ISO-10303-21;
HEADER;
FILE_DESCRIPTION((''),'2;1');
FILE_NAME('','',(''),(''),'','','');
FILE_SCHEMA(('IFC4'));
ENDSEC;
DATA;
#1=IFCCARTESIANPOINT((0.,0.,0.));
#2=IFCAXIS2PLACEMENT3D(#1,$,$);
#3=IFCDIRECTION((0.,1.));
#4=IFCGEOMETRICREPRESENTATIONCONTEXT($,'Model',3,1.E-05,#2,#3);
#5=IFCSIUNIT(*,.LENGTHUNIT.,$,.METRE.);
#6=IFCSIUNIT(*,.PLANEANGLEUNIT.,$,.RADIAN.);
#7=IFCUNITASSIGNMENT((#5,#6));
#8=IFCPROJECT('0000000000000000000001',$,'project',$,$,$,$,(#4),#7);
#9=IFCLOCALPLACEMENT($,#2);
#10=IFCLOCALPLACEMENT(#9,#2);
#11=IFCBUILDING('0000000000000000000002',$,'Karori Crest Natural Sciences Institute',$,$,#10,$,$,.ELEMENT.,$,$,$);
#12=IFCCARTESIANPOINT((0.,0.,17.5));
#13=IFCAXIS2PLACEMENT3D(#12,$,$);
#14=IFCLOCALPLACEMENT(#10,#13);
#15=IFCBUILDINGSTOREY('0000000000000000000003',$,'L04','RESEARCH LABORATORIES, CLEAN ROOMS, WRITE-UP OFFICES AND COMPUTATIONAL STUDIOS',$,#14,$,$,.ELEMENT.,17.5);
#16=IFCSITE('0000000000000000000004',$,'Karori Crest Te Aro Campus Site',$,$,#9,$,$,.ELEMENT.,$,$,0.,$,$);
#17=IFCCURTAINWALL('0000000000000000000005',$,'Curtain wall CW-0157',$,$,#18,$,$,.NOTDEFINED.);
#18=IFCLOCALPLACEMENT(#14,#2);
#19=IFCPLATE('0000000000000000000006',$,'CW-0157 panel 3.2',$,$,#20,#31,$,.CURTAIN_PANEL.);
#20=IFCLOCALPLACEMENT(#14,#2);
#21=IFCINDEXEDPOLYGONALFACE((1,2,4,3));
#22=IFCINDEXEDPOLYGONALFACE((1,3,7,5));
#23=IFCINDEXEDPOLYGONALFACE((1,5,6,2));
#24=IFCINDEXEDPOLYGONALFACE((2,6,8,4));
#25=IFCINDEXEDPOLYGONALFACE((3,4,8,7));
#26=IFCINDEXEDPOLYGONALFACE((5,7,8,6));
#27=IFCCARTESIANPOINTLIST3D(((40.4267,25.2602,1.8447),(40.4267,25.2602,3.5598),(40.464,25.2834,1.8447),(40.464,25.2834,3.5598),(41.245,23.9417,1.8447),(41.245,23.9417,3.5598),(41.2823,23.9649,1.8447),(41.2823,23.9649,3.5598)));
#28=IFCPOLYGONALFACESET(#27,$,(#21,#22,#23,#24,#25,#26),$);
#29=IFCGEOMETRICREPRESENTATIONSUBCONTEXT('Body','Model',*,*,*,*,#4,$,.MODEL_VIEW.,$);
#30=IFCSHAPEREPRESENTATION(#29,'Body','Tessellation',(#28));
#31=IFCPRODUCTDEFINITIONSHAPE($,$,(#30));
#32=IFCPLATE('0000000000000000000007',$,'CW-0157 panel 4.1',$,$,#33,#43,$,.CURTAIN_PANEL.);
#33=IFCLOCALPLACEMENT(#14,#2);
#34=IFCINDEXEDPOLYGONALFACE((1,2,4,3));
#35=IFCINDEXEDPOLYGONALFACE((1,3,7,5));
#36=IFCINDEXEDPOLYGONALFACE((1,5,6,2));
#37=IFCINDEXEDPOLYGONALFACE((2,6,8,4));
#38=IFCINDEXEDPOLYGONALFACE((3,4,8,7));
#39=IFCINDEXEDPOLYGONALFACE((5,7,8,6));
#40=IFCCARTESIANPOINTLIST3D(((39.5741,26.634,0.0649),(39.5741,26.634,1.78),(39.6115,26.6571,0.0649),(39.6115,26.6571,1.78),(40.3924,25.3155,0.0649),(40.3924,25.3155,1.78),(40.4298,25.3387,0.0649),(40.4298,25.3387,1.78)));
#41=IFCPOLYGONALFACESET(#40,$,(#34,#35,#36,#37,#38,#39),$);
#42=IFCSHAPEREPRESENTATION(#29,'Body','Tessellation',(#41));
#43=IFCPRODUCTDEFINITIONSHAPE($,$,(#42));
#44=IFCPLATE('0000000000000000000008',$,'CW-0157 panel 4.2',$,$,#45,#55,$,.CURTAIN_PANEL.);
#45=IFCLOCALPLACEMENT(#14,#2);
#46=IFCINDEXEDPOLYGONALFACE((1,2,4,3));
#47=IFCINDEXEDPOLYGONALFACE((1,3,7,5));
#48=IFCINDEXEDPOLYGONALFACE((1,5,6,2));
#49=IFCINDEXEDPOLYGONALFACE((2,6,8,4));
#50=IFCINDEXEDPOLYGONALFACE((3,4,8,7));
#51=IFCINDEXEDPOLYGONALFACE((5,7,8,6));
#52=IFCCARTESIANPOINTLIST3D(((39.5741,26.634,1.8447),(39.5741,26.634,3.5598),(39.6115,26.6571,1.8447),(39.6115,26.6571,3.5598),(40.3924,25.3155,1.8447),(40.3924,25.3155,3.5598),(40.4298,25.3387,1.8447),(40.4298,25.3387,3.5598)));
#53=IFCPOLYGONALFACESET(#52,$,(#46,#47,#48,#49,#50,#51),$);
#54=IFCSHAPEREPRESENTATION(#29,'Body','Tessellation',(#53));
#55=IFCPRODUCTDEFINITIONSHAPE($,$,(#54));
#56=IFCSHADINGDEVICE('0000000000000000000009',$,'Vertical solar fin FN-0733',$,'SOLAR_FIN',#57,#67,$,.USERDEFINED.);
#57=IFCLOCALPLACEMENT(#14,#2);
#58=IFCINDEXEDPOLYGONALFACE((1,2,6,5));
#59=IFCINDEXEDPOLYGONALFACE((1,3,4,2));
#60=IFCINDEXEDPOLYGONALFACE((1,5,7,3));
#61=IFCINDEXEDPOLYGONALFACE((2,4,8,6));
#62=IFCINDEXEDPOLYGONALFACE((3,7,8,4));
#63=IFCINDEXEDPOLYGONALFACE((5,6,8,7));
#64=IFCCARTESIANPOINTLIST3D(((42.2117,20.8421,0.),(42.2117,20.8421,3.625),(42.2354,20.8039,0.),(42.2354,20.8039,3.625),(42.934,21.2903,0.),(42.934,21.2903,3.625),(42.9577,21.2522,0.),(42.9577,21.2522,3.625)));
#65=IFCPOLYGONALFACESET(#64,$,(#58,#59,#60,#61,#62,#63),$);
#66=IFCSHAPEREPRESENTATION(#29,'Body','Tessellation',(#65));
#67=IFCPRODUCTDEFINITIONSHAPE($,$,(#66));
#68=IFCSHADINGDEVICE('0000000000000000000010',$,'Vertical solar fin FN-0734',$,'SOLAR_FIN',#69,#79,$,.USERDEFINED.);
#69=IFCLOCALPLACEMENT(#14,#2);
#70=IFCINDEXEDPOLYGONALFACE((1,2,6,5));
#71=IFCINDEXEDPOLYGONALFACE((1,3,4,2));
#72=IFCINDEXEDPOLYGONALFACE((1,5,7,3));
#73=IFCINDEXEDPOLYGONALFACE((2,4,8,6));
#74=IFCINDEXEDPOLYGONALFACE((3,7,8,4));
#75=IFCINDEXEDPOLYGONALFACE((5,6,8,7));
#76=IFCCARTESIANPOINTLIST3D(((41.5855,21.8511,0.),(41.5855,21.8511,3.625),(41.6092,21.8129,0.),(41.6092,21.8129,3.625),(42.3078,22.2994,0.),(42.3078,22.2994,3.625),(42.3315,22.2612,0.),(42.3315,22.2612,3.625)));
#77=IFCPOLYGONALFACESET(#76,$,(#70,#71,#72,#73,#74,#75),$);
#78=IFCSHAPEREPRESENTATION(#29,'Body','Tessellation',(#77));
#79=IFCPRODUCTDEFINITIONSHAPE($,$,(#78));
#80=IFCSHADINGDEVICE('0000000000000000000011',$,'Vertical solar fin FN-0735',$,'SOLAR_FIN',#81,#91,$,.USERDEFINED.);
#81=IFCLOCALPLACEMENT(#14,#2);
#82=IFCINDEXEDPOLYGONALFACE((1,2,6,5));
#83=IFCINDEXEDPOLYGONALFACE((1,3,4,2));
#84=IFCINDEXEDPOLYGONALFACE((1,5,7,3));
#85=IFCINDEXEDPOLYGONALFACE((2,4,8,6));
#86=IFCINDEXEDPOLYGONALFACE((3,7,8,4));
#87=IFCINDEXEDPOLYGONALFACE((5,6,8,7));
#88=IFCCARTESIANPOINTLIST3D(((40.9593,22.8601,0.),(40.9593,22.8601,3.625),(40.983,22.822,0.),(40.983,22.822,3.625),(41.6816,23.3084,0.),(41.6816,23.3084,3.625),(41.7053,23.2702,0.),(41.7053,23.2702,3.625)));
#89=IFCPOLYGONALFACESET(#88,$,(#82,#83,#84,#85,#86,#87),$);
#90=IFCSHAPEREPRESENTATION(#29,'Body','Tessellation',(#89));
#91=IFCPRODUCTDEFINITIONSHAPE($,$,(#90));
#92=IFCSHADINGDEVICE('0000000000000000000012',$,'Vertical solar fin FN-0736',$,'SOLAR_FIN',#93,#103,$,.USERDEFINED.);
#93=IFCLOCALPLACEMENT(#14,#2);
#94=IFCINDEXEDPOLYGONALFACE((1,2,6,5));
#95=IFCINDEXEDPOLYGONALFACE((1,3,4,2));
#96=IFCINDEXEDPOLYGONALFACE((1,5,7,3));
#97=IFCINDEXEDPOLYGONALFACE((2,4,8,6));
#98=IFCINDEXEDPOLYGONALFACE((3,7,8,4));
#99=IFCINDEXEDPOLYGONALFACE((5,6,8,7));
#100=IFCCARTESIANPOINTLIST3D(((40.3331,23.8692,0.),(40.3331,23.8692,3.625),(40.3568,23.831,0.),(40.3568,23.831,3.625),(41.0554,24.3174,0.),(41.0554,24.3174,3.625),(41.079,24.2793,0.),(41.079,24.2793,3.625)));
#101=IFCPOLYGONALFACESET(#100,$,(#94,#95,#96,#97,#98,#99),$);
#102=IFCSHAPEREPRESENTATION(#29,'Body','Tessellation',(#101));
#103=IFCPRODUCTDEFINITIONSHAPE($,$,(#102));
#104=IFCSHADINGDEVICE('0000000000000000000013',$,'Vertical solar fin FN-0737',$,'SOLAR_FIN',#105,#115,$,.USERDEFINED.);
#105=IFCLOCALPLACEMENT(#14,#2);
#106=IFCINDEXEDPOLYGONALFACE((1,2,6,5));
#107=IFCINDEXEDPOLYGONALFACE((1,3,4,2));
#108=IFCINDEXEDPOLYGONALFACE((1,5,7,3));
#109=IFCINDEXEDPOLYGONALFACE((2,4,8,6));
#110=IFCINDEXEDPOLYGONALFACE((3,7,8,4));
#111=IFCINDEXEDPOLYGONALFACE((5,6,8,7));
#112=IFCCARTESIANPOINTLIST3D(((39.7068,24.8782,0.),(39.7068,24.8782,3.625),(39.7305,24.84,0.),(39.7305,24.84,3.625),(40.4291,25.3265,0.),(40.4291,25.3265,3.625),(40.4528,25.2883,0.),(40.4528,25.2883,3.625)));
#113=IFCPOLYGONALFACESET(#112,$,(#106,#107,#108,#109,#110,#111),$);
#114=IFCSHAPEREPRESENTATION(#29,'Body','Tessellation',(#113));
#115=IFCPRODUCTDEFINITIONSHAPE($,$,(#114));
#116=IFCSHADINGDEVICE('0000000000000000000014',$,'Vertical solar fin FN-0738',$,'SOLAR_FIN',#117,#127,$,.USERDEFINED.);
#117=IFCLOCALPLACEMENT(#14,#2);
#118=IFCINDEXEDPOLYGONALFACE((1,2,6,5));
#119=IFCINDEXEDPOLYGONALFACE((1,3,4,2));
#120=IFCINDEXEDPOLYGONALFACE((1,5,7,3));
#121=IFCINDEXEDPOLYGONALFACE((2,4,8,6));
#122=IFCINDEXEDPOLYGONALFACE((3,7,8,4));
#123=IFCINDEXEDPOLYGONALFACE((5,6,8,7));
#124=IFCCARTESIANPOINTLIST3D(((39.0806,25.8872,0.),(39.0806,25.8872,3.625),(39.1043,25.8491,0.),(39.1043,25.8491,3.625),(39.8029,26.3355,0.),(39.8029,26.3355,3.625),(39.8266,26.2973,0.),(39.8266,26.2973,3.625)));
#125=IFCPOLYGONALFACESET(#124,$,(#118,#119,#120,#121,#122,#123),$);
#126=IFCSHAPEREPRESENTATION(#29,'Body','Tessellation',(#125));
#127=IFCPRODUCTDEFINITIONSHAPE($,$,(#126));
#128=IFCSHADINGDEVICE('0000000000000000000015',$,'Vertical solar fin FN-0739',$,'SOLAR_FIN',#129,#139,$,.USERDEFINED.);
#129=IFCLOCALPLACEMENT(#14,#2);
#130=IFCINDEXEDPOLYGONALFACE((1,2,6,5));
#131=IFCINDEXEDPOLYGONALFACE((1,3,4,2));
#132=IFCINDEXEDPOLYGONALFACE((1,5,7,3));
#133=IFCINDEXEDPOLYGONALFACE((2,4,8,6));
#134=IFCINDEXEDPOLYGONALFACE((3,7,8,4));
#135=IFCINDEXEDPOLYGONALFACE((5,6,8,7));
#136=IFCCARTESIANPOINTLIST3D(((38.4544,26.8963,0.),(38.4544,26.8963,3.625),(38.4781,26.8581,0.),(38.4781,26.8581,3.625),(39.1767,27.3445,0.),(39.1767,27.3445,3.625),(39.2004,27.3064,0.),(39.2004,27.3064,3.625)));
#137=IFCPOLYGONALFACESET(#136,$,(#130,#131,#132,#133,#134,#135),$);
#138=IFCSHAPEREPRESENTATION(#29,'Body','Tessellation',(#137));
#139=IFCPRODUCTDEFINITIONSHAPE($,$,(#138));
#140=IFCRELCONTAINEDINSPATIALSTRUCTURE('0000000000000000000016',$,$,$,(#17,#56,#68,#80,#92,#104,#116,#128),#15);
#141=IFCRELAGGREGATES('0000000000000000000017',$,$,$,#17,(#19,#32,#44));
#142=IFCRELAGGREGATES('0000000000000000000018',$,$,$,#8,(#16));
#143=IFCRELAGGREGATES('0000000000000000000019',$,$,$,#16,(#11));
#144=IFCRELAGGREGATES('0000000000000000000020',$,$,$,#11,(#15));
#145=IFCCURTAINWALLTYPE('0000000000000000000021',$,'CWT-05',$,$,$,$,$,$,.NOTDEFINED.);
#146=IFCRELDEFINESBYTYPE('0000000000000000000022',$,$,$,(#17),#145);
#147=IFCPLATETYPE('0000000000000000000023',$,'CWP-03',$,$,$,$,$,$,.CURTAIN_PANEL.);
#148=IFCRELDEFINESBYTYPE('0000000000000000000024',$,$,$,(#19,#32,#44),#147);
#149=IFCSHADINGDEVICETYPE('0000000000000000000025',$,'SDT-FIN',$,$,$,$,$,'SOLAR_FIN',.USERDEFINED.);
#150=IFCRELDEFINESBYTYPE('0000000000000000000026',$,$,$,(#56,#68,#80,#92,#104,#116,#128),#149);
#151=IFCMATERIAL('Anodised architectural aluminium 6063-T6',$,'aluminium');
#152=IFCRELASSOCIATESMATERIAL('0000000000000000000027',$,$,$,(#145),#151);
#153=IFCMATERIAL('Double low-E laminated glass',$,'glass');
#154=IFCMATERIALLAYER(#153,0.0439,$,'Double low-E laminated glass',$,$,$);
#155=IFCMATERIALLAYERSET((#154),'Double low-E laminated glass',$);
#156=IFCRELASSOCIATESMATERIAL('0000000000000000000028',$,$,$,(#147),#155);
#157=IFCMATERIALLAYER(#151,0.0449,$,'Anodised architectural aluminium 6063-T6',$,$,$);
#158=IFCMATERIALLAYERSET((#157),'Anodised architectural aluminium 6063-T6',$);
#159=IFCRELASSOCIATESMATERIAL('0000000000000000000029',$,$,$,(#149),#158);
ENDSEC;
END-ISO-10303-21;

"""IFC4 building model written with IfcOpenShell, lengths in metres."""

from ifc_helpers import new_model, si_unit, direction, frame, origin, origin_2d, place, context, subcontext, project, spatial, rectangle, extrude, material, layer, layer_set, type_object, element, aggregate, save


model = new_model("IFC4")

# Units and contexts
model_context = context("Model", 3, precision=1e-05, world=origin(), true_north=direction((0.0, 1.0)))
body_context = subcontext(model_context, "Body", "Model", "MODEL_VIEW")
ifc_project = project(units=[si_unit("LENGTHUNIT", "METRE"), si_unit("PLANEANGLEUNIT", "RADIAN")], contexts=[model_context])

# Site, building, storey
site_placement = place(None, origin())
site = spatial("IfcSite", under=ifc_project, at=site_placement, Name="Karori Crest Te Aro Campus Site", CompositionType="ELEMENT", RefElevation=0.0)
building_placement = place(site_placement, origin())
building = spatial("IfcBuilding", under=site, at=building_placement, Name="Karori Crest Natural Sciences Institute", CompositionType="ELEMENT")
storey_placement = place(building_placement, frame((0.0, 0.0, 17.5)))
storey = spatial("IfcBuildingStorey", under=building, at=storey_placement, Name="L04", Description="RESEARCH LABORATORIES, CLEAN ROOMS, WRITE-UP OFFICES AND COMPUTATIONAL STUDIOS", CompositionType="ELEMENT", Elevation=17.5)

# Curtain wall, plates
ifc_material_1 = material(Name="Anodised architectural aluminium 6063-T6", Category="aluminium")
curtain_wall_type = type_object("IfcCurtainWallType", Name="CWT-05", PredefinedType="NOTDEFINED", material=ifc_material_1)
curtain_wall_placement = place(storey_placement, origin())
curtain_wall = element("IfcCurtainWall", 1, at=curtain_wall_placement, inside=storey, type_object=curtain_wall_type, Name="Curtain wall CW-0157", PredefinedType="NOTDEFINED")
ifc_material_2 = material(Name="Double low-E laminated glass", Category="glass")
ifc_layer_1 = layer(ifc_material_2, 0.0439, Name="Double low-E laminated glass")
ifc_layer_set_1 = layer_set([ifc_layer_1], Name="Double low-E laminated glass")
plate_type = type_object("IfcPlateType", Name="CWP-03", PredefinedType="CURTAIN_PANEL", material=ifc_layer_set_1)
plate_1_placement = place(storey_placement, frame((40.8545, 24.6125, 1.8447), z_axis=(0.0, 0.0, 1.0), x_axis=(-0.527328, 0.849662, 0.0)))
plate_1 = element("IfcPlate", 2, at=plate_1_placement, type_object=plate_type, Name="CW-0157 panel 3.2", PredefinedType="CURTAIN_PANEL", context=body_context, shape_type="SweptSolid", body=[
    extrude(rectangle(XDim=1.5518, YDim=0.0439, at=origin_2d()), origin(), (0.0, 0.0, 1.0), 1.7151),
])
plate_2_placement = place(storey_placement, frame((40.002, 25.9863, 0.0649), z_axis=(0.0, 0.0, 1.0), x_axis=(-0.527328, 0.849662, 0.0)))
plate_2 = element("IfcPlate", 3, at=plate_2_placement, type_object=plate_type, Name="CW-0157 panel 4.1", PredefinedType="CURTAIN_PANEL", context=body_context, shape_type="SweptSolid", body=[
    extrude(rectangle(XDim=1.5518, YDim=0.0439, at=origin_2d()), origin(), (0.0, 0.0, 1.0), 1.7151),
])
plate_3_placement = place(storey_placement, frame((40.002, 25.9863, 1.8447), z_axis=(0.0, 0.0, 1.0), x_axis=(-0.527328, 0.849662, 0.0)))
plate_3 = element("IfcPlate", 4, at=plate_3_placement, type_object=plate_type, Name="CW-0157 panel 4.2", PredefinedType="CURTAIN_PANEL", context=body_context, shape_type="SweptSolid", body=[
    extrude(rectangle(XDim=1.5518, YDim=0.0439, at=origin_2d()), origin(), (0.0, 0.0, 1.0), 1.7151),
])
aggregate(curtain_wall, [plate_1, plate_2, plate_3])

# Shading devices
ifc_layer_2 = layer(ifc_material_1, 0.0449, Name="Anodised architectural aluminium 6063-T6")
ifc_layer_set_2 = layer_set([ifc_layer_2], Name="Anodised architectural aluminium 6063-T6")
shading_device_type = type_object("IfcShadingDeviceType", Name="SDT-FIN", ElementType="SOLAR_FIN", PredefinedType="USERDEFINED", material=ifc_layer_set_2)
for number, where, z_axis, x_axis, name in (
    (5, (42.5847, 21.0471, 0.0), (0.0, 0.0, 1.0), (-0.849662, -0.527328, 0.0), "Vertical solar fin FN-0733"),
    (6, (41.9585, 22.0562, 0.0), (0.0, 0.0, 1.0), (-0.849662, -0.527328, 0.0), "Vertical solar fin FN-0734"),
    (7, (41.3323, 23.0652, 0.0), (0.0, 0.0, 1.0), (-0.849662, -0.527328, 0.0), "Vertical solar fin FN-0735"),
    (8, (40.7061, 24.0742, 0.0), (0.0, 0.0, 1.0), (-0.849662, -0.527328, 0.0), "Vertical solar fin FN-0736"),
    (9, (40.0798, 25.0833, 0.0), (0.0, 0.0, 1.0), (-0.849662, -0.527328, 0.0), "Vertical solar fin FN-0737"),
    (10, (39.4536, 26.0923, 0.0), (0.0, 0.0, 1.0), (-0.849662, -0.527328, 0.0), "Vertical solar fin FN-0738"),
    (11, (38.8274, 27.1013, 0.0), (0.0, 0.0, 1.0), (-0.849662, -0.527328, 0.0), "Vertical solar fin FN-0739"),
):
    element("IfcShadingDevice", number, at=place(storey_placement, frame(where, z_axis=z_axis, x_axis=x_axis)), inside=storey, type_object=shading_device_type, Name=name, ObjectType="SOLAR_FIN", PredefinedType="USERDEFINED", context=body_context, shape_type="SweptSolid", body=[
        extrude(rectangle(XDim=0.8501, YDim=0.0449, at=origin_2d()), origin(), (0.0, 0.0, 1.0), 3.625),
    ])

save(model, "model.ifc")
